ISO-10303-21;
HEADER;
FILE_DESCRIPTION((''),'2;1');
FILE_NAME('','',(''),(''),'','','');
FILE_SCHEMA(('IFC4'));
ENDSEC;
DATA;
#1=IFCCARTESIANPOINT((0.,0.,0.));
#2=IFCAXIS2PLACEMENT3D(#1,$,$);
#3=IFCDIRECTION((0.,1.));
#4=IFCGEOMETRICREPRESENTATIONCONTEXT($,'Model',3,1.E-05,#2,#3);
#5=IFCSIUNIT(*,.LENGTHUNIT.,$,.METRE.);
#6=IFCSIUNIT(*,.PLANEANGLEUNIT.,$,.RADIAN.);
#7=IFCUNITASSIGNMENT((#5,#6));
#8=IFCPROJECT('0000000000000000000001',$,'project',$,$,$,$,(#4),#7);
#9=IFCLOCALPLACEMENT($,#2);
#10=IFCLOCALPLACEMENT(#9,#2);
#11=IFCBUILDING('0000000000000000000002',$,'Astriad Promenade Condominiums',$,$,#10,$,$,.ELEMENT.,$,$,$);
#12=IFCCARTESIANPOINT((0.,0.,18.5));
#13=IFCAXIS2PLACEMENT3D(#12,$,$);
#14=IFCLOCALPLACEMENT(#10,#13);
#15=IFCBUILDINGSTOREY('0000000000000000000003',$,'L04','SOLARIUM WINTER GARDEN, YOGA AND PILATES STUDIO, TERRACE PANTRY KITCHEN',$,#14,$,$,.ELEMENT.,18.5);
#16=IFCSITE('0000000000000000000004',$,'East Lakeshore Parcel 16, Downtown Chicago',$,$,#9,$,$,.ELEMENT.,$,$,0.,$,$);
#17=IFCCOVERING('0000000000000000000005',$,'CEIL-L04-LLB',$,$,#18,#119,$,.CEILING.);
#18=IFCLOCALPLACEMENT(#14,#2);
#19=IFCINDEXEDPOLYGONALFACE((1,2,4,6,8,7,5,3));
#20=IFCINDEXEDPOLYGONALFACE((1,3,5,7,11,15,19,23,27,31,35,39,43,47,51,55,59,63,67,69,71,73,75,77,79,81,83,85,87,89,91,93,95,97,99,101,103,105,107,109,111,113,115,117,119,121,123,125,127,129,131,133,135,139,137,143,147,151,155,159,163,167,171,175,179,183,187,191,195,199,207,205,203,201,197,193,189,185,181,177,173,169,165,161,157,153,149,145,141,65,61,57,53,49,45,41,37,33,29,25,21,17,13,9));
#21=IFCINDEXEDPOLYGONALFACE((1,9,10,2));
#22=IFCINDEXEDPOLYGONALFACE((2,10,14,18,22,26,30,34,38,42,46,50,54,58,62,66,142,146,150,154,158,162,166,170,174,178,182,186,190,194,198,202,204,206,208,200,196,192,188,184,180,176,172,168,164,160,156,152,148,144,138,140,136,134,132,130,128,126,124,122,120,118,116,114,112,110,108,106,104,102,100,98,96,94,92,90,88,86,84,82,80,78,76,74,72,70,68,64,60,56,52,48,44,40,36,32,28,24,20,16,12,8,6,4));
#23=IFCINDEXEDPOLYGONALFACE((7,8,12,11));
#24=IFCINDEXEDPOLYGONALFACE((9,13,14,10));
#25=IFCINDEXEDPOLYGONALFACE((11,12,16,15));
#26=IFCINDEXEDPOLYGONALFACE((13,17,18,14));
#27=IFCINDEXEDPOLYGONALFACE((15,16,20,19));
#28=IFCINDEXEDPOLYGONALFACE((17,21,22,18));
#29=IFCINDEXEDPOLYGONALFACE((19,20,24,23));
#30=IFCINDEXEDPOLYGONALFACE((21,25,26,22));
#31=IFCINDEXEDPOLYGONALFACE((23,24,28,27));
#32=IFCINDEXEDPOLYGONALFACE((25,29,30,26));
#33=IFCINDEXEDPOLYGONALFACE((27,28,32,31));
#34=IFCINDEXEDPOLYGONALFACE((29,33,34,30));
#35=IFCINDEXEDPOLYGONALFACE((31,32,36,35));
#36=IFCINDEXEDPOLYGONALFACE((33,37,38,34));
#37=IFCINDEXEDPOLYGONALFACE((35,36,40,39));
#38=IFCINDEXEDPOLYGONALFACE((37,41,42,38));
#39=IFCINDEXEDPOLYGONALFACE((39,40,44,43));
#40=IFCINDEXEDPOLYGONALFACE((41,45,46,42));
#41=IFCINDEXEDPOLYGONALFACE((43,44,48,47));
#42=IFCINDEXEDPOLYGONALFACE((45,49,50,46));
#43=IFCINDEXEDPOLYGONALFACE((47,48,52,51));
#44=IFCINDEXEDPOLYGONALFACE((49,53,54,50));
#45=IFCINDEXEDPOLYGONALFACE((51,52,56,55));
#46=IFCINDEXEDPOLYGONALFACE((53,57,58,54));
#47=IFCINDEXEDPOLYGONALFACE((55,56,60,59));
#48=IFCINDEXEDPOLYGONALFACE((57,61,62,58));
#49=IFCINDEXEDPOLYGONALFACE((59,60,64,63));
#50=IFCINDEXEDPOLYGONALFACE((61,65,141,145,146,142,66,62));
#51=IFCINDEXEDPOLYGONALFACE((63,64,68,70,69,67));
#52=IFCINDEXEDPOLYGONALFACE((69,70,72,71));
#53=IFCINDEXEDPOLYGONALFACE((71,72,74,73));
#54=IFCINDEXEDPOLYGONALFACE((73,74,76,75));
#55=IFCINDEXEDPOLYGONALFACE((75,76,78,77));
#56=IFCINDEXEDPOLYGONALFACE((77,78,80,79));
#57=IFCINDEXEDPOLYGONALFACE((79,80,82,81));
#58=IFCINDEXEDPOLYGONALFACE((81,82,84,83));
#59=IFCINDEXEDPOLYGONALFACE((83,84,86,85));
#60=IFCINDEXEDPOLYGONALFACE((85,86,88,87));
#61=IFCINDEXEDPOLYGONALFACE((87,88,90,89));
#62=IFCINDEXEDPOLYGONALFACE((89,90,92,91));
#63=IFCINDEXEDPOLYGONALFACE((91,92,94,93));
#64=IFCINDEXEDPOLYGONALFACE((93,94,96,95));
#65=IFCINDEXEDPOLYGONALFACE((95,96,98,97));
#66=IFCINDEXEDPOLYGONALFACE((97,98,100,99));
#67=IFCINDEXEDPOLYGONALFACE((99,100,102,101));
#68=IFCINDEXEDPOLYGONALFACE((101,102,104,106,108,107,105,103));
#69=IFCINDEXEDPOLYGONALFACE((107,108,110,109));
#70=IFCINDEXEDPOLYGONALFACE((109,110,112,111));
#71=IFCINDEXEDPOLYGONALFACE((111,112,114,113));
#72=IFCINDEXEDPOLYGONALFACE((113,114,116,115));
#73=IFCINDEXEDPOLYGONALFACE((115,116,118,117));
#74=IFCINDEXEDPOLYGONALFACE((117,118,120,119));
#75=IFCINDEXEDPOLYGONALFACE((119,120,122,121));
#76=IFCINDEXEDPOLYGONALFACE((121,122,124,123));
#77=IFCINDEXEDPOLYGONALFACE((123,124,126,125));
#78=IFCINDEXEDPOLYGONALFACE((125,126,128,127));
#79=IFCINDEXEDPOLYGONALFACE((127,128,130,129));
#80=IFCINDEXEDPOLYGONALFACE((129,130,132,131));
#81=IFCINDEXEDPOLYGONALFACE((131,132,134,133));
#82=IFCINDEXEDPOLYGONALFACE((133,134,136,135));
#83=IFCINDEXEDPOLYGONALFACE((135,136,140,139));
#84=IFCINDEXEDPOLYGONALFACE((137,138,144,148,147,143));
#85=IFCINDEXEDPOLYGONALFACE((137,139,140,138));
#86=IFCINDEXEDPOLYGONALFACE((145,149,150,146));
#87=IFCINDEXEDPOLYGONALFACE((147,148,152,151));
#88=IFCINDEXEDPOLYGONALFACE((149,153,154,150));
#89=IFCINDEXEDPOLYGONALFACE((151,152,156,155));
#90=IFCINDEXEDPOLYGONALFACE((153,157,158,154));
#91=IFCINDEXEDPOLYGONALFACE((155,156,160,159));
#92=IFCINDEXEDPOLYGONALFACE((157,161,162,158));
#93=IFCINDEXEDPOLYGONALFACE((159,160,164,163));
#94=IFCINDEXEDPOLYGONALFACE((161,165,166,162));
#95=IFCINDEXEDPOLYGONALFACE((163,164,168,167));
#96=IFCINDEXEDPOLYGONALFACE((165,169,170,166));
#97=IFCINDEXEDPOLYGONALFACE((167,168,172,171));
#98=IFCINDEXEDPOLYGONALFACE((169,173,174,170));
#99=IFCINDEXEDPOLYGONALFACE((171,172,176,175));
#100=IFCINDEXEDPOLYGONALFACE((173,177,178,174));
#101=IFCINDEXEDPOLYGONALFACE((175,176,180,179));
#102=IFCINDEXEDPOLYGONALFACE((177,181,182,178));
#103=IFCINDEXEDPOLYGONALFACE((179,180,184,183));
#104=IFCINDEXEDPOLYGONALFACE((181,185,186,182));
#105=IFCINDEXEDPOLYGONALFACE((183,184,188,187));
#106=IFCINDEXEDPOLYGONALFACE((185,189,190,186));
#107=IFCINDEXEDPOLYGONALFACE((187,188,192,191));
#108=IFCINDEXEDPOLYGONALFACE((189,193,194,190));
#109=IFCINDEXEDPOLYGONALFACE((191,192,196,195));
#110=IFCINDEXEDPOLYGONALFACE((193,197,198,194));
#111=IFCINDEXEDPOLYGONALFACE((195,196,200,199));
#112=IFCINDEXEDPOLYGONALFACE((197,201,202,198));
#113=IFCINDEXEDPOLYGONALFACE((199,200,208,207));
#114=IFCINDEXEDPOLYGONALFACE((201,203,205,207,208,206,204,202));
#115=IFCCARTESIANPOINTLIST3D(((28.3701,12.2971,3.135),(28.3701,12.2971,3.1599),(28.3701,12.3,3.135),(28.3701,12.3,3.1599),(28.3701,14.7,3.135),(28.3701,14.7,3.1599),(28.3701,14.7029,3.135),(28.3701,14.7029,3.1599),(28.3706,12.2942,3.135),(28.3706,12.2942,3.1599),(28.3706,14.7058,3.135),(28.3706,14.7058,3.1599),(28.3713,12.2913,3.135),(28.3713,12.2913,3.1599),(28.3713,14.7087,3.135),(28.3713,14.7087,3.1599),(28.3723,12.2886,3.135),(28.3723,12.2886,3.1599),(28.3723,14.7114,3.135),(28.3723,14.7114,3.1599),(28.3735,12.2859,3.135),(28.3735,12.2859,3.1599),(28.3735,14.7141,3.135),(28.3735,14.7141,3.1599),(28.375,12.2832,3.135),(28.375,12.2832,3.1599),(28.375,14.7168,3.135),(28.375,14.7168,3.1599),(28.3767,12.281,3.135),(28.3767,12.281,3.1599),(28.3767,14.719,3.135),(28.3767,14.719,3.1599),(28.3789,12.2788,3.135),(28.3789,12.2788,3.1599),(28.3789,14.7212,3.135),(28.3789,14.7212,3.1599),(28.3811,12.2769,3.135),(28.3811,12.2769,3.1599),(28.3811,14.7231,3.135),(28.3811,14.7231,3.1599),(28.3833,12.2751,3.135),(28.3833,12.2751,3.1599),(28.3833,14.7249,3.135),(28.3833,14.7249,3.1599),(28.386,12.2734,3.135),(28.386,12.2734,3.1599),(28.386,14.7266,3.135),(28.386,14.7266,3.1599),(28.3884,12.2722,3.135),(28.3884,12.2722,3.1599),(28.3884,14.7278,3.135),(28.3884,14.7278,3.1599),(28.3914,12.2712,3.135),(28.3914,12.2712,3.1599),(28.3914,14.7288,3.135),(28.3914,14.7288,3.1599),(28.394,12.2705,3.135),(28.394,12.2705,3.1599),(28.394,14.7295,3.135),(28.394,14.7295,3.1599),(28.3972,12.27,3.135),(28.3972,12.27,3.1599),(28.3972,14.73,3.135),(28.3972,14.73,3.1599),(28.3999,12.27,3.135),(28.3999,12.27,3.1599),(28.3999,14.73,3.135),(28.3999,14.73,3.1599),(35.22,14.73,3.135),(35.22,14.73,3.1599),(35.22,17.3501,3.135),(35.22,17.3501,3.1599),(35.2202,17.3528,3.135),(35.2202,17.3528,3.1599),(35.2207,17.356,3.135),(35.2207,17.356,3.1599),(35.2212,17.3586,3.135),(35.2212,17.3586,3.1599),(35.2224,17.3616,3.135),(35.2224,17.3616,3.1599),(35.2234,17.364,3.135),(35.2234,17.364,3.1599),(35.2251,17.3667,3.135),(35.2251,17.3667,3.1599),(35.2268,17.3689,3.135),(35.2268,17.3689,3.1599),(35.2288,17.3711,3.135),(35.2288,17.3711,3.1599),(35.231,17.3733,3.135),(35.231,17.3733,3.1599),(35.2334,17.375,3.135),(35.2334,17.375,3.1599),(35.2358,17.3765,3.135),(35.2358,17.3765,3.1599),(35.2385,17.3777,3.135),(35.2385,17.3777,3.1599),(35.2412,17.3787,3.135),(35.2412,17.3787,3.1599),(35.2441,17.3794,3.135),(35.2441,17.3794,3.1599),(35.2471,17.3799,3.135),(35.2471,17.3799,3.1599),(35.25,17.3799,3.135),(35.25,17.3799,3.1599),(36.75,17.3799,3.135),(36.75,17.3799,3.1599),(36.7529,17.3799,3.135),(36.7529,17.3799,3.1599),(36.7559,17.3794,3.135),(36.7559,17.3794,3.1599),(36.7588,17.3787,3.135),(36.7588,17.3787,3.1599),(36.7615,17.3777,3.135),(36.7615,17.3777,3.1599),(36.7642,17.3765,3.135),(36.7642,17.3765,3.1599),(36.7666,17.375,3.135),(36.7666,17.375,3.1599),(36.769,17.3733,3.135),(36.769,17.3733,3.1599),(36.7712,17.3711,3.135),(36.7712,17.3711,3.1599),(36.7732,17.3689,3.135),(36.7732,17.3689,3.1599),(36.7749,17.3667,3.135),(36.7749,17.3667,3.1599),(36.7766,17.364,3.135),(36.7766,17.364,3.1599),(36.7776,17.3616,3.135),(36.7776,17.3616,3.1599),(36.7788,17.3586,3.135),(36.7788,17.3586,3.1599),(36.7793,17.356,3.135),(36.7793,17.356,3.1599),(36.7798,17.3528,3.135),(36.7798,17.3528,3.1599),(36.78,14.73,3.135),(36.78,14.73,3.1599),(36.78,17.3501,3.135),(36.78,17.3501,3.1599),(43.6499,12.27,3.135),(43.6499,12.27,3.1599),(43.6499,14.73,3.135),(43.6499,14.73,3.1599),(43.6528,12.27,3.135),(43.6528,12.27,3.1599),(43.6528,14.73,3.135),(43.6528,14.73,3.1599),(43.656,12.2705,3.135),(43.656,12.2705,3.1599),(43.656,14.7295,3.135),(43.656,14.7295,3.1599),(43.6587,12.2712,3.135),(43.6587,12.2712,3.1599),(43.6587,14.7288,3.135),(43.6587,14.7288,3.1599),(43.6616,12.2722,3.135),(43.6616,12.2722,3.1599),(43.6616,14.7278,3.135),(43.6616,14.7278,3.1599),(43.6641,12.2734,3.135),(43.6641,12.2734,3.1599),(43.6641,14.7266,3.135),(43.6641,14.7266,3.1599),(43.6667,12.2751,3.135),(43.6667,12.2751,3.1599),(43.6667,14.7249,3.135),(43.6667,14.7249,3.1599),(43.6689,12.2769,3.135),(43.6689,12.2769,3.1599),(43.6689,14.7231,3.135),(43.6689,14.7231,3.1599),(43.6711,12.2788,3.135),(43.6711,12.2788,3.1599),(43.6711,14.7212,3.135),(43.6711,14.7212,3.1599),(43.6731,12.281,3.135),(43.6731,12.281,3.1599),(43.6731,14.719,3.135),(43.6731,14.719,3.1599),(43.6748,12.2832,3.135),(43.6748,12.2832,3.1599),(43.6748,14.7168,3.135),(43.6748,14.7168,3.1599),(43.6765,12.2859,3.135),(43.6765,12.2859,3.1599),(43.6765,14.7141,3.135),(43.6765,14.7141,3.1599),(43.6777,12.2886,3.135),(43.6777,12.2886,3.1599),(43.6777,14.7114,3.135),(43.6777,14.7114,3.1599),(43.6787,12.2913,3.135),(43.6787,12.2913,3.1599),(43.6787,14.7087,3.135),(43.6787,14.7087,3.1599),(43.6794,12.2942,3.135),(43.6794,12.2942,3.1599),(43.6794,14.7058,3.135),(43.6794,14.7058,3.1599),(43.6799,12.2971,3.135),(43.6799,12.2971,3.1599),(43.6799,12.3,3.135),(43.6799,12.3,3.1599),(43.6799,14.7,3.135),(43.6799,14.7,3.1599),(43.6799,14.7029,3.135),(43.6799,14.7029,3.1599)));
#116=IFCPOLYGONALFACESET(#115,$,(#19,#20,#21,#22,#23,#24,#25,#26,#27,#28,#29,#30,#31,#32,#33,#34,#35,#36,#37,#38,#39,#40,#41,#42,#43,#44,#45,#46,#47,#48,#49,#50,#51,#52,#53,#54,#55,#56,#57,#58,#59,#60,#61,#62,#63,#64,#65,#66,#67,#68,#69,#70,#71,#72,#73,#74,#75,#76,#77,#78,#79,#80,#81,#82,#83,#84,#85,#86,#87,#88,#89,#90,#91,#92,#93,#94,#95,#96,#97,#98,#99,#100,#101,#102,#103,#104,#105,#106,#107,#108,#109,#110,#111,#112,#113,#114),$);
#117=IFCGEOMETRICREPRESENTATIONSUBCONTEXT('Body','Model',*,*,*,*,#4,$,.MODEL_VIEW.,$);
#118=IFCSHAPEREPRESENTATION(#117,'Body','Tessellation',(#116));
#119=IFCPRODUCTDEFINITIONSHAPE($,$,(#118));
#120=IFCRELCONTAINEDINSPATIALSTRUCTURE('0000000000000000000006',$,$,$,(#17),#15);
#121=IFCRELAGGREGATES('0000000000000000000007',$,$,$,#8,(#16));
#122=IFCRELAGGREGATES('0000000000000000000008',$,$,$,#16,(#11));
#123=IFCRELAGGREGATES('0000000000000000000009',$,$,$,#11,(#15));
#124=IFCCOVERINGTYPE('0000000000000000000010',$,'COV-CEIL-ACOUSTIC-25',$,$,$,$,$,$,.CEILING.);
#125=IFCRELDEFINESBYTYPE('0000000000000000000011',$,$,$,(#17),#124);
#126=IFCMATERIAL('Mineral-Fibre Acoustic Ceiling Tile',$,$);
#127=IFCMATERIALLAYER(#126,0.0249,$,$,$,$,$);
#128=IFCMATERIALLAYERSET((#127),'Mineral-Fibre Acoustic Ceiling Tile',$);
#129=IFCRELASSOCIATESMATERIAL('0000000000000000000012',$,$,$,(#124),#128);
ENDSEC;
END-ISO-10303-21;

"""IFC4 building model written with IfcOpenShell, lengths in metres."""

from ifc_helpers import new_model, si_unit, direction, frame, origin, place, context, subcontext, project, spatial, polyline, outline, extrude, material, layer, layer_set, type_object, element, save


model = new_model("IFC4")

# Units and contexts
model_context = context("Model", 3, precision=1e-05, world=origin(), true_north=direction((0.0, 1.0)))
body_context = subcontext(model_context, "Body", "Model", "MODEL_VIEW")
ifc_project = project(units=[si_unit("LENGTHUNIT", "METRE"), si_unit("PLANEANGLEUNIT", "RADIAN")], contexts=[model_context])

# Site, building, storey
site_placement = place(None, origin())
site = spatial("IfcSite", under=ifc_project, at=site_placement, Name="East Lakeshore Parcel 16, Downtown Chicago", CompositionType="ELEMENT", RefElevation=0.0)
building_placement = place(site_placement, origin())
building = spatial("IfcBuilding", under=site, at=building_placement, Name="Astriad Promenade Condominiums", CompositionType="ELEMENT")
storey_placement = place(building_placement, frame((0.0, 0.0, 18.5)))
storey = spatial("IfcBuildingStorey", under=building, at=storey_placement, Name="L04", Description="SOLARIUM WINTER GARDEN, YOGA AND PILATES STUDIO, TERRACE PANTRY KITCHEN", CompositionType="ELEMENT", Elevation=18.5)

# Covering
ifc_material_1 = material(Name="Mineral-Fibre Acoustic Ceiling Tile")
ifc_layer_1 = layer(ifc_material_1, 0.0249)
ifc_layer_set_1 = layer_set([ifc_layer_1], Name="Mineral-Fibre Acoustic Ceiling Tile")
covering_type_1 = type_object("IfcCoveringType", Name="COV-CEIL-ACOUSTIC-25", PredefinedType="CEILING", material=ifc_layer_set_1)
covering_1_placement = place(storey_placement, frame((0.0, 0.0, 3.135)))
element("IfcCovering", 1, at=covering_1_placement, inside=storey, type_object=covering_type_1, Name="CEIL-L04-LLB", PredefinedType="CEILING", context=body_context, shape_type="SweptSolid", body=[
    extrude(outline(polyline([(43.6799, 12.3), (43.6799, 12.2971), (43.6794, 12.2942), (43.6787, 12.2913), (43.6777, 12.2886), (43.6765, 12.2859), (43.6748, 12.2832), (43.6731, 12.281), (43.6711, 12.2788), (43.6689, 12.2769), (43.6667, 12.2751), (43.6641, 12.2734), (43.6616, 12.2722), (43.6587, 12.2712), (43.656, 12.2705), (43.6528, 12.27), (43.6499, 12.27), (28.3999, 12.27), (28.3972, 12.27), (28.394, 12.2705), (28.3914, 12.2712), (28.3884, 12.2722), (28.386, 12.2734), (28.3833, 12.2751), (28.3811, 12.2769), (28.3789, 12.2788), (28.3767, 12.281), (28.375, 12.2832), (28.3735, 12.2859), (28.3723, 12.2886), (28.3713, 12.2913), (28.3706, 12.2942), (28.3701, 12.2971), (28.3701, 12.3), (28.3701, 14.7), (28.3701, 14.7029), (28.3706, 14.7058), (28.3713, 14.7087), (28.3723, 14.7114), (28.3735, 14.7141), (28.375, 14.7168), (28.3767, 14.719), (28.3789, 14.7212), (28.3811, 14.7231), (28.3833, 14.7249), (28.386, 14.7266), (28.3884, 14.7278), (28.3914, 14.7288), (28.394, 14.7295), (28.3972, 14.73), (28.3999, 14.73), (35.22, 14.73), (35.22, 17.3501), (35.2202, 17.3528), (35.2207, 17.356), (35.2212, 17.3586), (35.2224, 17.3616), (35.2234, 17.364), (35.2251, 17.3667), (35.2268, 17.3689), (35.2288, 17.3711), (35.231, 17.3733), (35.2334, 17.375), (35.2358, 17.3765), (35.2385, 17.3777), (35.2412, 17.3787), (35.2441, 17.3794), (35.2471, 17.3799), (35.25, 17.3799), (36.75, 17.3799), (36.7529, 17.3799), (36.7559, 17.3794), (36.7588, 17.3787), (36.7615, 17.3777), (36.7642, 17.3765), (36.7666, 17.375), (36.769, 17.3733), (36.7712, 17.3711), (36.7732, 17.3689), (36.7749, 17.3667), (36.7766, 17.364), (36.7776, 17.3616), (36.7788, 17.3586), (36.7793, 17.356), (36.7798, 17.3528), (36.78, 17.3501), (36.78, 14.73), (43.6499, 14.73), (43.6528, 14.73), (43.656, 14.7295), (43.6587, 14.7288), (43.6616, 14.7278), (43.6641, 14.7266), (43.6667, 14.7249), (43.6689, 14.7231), (43.6711, 14.7212), (43.6731, 14.719), (43.6748, 14.7168), (43.6765, 14.7141), (43.6777, 14.7114), (43.6787, 14.7087), (43.6794, 14.7058), (43.6799, 14.7029), (43.6799, 14.7), (43.6799, 12.3)])), origin(), (0.0, 0.0, 1.0), 0.0249),
])

save(model, "model.ifc")
